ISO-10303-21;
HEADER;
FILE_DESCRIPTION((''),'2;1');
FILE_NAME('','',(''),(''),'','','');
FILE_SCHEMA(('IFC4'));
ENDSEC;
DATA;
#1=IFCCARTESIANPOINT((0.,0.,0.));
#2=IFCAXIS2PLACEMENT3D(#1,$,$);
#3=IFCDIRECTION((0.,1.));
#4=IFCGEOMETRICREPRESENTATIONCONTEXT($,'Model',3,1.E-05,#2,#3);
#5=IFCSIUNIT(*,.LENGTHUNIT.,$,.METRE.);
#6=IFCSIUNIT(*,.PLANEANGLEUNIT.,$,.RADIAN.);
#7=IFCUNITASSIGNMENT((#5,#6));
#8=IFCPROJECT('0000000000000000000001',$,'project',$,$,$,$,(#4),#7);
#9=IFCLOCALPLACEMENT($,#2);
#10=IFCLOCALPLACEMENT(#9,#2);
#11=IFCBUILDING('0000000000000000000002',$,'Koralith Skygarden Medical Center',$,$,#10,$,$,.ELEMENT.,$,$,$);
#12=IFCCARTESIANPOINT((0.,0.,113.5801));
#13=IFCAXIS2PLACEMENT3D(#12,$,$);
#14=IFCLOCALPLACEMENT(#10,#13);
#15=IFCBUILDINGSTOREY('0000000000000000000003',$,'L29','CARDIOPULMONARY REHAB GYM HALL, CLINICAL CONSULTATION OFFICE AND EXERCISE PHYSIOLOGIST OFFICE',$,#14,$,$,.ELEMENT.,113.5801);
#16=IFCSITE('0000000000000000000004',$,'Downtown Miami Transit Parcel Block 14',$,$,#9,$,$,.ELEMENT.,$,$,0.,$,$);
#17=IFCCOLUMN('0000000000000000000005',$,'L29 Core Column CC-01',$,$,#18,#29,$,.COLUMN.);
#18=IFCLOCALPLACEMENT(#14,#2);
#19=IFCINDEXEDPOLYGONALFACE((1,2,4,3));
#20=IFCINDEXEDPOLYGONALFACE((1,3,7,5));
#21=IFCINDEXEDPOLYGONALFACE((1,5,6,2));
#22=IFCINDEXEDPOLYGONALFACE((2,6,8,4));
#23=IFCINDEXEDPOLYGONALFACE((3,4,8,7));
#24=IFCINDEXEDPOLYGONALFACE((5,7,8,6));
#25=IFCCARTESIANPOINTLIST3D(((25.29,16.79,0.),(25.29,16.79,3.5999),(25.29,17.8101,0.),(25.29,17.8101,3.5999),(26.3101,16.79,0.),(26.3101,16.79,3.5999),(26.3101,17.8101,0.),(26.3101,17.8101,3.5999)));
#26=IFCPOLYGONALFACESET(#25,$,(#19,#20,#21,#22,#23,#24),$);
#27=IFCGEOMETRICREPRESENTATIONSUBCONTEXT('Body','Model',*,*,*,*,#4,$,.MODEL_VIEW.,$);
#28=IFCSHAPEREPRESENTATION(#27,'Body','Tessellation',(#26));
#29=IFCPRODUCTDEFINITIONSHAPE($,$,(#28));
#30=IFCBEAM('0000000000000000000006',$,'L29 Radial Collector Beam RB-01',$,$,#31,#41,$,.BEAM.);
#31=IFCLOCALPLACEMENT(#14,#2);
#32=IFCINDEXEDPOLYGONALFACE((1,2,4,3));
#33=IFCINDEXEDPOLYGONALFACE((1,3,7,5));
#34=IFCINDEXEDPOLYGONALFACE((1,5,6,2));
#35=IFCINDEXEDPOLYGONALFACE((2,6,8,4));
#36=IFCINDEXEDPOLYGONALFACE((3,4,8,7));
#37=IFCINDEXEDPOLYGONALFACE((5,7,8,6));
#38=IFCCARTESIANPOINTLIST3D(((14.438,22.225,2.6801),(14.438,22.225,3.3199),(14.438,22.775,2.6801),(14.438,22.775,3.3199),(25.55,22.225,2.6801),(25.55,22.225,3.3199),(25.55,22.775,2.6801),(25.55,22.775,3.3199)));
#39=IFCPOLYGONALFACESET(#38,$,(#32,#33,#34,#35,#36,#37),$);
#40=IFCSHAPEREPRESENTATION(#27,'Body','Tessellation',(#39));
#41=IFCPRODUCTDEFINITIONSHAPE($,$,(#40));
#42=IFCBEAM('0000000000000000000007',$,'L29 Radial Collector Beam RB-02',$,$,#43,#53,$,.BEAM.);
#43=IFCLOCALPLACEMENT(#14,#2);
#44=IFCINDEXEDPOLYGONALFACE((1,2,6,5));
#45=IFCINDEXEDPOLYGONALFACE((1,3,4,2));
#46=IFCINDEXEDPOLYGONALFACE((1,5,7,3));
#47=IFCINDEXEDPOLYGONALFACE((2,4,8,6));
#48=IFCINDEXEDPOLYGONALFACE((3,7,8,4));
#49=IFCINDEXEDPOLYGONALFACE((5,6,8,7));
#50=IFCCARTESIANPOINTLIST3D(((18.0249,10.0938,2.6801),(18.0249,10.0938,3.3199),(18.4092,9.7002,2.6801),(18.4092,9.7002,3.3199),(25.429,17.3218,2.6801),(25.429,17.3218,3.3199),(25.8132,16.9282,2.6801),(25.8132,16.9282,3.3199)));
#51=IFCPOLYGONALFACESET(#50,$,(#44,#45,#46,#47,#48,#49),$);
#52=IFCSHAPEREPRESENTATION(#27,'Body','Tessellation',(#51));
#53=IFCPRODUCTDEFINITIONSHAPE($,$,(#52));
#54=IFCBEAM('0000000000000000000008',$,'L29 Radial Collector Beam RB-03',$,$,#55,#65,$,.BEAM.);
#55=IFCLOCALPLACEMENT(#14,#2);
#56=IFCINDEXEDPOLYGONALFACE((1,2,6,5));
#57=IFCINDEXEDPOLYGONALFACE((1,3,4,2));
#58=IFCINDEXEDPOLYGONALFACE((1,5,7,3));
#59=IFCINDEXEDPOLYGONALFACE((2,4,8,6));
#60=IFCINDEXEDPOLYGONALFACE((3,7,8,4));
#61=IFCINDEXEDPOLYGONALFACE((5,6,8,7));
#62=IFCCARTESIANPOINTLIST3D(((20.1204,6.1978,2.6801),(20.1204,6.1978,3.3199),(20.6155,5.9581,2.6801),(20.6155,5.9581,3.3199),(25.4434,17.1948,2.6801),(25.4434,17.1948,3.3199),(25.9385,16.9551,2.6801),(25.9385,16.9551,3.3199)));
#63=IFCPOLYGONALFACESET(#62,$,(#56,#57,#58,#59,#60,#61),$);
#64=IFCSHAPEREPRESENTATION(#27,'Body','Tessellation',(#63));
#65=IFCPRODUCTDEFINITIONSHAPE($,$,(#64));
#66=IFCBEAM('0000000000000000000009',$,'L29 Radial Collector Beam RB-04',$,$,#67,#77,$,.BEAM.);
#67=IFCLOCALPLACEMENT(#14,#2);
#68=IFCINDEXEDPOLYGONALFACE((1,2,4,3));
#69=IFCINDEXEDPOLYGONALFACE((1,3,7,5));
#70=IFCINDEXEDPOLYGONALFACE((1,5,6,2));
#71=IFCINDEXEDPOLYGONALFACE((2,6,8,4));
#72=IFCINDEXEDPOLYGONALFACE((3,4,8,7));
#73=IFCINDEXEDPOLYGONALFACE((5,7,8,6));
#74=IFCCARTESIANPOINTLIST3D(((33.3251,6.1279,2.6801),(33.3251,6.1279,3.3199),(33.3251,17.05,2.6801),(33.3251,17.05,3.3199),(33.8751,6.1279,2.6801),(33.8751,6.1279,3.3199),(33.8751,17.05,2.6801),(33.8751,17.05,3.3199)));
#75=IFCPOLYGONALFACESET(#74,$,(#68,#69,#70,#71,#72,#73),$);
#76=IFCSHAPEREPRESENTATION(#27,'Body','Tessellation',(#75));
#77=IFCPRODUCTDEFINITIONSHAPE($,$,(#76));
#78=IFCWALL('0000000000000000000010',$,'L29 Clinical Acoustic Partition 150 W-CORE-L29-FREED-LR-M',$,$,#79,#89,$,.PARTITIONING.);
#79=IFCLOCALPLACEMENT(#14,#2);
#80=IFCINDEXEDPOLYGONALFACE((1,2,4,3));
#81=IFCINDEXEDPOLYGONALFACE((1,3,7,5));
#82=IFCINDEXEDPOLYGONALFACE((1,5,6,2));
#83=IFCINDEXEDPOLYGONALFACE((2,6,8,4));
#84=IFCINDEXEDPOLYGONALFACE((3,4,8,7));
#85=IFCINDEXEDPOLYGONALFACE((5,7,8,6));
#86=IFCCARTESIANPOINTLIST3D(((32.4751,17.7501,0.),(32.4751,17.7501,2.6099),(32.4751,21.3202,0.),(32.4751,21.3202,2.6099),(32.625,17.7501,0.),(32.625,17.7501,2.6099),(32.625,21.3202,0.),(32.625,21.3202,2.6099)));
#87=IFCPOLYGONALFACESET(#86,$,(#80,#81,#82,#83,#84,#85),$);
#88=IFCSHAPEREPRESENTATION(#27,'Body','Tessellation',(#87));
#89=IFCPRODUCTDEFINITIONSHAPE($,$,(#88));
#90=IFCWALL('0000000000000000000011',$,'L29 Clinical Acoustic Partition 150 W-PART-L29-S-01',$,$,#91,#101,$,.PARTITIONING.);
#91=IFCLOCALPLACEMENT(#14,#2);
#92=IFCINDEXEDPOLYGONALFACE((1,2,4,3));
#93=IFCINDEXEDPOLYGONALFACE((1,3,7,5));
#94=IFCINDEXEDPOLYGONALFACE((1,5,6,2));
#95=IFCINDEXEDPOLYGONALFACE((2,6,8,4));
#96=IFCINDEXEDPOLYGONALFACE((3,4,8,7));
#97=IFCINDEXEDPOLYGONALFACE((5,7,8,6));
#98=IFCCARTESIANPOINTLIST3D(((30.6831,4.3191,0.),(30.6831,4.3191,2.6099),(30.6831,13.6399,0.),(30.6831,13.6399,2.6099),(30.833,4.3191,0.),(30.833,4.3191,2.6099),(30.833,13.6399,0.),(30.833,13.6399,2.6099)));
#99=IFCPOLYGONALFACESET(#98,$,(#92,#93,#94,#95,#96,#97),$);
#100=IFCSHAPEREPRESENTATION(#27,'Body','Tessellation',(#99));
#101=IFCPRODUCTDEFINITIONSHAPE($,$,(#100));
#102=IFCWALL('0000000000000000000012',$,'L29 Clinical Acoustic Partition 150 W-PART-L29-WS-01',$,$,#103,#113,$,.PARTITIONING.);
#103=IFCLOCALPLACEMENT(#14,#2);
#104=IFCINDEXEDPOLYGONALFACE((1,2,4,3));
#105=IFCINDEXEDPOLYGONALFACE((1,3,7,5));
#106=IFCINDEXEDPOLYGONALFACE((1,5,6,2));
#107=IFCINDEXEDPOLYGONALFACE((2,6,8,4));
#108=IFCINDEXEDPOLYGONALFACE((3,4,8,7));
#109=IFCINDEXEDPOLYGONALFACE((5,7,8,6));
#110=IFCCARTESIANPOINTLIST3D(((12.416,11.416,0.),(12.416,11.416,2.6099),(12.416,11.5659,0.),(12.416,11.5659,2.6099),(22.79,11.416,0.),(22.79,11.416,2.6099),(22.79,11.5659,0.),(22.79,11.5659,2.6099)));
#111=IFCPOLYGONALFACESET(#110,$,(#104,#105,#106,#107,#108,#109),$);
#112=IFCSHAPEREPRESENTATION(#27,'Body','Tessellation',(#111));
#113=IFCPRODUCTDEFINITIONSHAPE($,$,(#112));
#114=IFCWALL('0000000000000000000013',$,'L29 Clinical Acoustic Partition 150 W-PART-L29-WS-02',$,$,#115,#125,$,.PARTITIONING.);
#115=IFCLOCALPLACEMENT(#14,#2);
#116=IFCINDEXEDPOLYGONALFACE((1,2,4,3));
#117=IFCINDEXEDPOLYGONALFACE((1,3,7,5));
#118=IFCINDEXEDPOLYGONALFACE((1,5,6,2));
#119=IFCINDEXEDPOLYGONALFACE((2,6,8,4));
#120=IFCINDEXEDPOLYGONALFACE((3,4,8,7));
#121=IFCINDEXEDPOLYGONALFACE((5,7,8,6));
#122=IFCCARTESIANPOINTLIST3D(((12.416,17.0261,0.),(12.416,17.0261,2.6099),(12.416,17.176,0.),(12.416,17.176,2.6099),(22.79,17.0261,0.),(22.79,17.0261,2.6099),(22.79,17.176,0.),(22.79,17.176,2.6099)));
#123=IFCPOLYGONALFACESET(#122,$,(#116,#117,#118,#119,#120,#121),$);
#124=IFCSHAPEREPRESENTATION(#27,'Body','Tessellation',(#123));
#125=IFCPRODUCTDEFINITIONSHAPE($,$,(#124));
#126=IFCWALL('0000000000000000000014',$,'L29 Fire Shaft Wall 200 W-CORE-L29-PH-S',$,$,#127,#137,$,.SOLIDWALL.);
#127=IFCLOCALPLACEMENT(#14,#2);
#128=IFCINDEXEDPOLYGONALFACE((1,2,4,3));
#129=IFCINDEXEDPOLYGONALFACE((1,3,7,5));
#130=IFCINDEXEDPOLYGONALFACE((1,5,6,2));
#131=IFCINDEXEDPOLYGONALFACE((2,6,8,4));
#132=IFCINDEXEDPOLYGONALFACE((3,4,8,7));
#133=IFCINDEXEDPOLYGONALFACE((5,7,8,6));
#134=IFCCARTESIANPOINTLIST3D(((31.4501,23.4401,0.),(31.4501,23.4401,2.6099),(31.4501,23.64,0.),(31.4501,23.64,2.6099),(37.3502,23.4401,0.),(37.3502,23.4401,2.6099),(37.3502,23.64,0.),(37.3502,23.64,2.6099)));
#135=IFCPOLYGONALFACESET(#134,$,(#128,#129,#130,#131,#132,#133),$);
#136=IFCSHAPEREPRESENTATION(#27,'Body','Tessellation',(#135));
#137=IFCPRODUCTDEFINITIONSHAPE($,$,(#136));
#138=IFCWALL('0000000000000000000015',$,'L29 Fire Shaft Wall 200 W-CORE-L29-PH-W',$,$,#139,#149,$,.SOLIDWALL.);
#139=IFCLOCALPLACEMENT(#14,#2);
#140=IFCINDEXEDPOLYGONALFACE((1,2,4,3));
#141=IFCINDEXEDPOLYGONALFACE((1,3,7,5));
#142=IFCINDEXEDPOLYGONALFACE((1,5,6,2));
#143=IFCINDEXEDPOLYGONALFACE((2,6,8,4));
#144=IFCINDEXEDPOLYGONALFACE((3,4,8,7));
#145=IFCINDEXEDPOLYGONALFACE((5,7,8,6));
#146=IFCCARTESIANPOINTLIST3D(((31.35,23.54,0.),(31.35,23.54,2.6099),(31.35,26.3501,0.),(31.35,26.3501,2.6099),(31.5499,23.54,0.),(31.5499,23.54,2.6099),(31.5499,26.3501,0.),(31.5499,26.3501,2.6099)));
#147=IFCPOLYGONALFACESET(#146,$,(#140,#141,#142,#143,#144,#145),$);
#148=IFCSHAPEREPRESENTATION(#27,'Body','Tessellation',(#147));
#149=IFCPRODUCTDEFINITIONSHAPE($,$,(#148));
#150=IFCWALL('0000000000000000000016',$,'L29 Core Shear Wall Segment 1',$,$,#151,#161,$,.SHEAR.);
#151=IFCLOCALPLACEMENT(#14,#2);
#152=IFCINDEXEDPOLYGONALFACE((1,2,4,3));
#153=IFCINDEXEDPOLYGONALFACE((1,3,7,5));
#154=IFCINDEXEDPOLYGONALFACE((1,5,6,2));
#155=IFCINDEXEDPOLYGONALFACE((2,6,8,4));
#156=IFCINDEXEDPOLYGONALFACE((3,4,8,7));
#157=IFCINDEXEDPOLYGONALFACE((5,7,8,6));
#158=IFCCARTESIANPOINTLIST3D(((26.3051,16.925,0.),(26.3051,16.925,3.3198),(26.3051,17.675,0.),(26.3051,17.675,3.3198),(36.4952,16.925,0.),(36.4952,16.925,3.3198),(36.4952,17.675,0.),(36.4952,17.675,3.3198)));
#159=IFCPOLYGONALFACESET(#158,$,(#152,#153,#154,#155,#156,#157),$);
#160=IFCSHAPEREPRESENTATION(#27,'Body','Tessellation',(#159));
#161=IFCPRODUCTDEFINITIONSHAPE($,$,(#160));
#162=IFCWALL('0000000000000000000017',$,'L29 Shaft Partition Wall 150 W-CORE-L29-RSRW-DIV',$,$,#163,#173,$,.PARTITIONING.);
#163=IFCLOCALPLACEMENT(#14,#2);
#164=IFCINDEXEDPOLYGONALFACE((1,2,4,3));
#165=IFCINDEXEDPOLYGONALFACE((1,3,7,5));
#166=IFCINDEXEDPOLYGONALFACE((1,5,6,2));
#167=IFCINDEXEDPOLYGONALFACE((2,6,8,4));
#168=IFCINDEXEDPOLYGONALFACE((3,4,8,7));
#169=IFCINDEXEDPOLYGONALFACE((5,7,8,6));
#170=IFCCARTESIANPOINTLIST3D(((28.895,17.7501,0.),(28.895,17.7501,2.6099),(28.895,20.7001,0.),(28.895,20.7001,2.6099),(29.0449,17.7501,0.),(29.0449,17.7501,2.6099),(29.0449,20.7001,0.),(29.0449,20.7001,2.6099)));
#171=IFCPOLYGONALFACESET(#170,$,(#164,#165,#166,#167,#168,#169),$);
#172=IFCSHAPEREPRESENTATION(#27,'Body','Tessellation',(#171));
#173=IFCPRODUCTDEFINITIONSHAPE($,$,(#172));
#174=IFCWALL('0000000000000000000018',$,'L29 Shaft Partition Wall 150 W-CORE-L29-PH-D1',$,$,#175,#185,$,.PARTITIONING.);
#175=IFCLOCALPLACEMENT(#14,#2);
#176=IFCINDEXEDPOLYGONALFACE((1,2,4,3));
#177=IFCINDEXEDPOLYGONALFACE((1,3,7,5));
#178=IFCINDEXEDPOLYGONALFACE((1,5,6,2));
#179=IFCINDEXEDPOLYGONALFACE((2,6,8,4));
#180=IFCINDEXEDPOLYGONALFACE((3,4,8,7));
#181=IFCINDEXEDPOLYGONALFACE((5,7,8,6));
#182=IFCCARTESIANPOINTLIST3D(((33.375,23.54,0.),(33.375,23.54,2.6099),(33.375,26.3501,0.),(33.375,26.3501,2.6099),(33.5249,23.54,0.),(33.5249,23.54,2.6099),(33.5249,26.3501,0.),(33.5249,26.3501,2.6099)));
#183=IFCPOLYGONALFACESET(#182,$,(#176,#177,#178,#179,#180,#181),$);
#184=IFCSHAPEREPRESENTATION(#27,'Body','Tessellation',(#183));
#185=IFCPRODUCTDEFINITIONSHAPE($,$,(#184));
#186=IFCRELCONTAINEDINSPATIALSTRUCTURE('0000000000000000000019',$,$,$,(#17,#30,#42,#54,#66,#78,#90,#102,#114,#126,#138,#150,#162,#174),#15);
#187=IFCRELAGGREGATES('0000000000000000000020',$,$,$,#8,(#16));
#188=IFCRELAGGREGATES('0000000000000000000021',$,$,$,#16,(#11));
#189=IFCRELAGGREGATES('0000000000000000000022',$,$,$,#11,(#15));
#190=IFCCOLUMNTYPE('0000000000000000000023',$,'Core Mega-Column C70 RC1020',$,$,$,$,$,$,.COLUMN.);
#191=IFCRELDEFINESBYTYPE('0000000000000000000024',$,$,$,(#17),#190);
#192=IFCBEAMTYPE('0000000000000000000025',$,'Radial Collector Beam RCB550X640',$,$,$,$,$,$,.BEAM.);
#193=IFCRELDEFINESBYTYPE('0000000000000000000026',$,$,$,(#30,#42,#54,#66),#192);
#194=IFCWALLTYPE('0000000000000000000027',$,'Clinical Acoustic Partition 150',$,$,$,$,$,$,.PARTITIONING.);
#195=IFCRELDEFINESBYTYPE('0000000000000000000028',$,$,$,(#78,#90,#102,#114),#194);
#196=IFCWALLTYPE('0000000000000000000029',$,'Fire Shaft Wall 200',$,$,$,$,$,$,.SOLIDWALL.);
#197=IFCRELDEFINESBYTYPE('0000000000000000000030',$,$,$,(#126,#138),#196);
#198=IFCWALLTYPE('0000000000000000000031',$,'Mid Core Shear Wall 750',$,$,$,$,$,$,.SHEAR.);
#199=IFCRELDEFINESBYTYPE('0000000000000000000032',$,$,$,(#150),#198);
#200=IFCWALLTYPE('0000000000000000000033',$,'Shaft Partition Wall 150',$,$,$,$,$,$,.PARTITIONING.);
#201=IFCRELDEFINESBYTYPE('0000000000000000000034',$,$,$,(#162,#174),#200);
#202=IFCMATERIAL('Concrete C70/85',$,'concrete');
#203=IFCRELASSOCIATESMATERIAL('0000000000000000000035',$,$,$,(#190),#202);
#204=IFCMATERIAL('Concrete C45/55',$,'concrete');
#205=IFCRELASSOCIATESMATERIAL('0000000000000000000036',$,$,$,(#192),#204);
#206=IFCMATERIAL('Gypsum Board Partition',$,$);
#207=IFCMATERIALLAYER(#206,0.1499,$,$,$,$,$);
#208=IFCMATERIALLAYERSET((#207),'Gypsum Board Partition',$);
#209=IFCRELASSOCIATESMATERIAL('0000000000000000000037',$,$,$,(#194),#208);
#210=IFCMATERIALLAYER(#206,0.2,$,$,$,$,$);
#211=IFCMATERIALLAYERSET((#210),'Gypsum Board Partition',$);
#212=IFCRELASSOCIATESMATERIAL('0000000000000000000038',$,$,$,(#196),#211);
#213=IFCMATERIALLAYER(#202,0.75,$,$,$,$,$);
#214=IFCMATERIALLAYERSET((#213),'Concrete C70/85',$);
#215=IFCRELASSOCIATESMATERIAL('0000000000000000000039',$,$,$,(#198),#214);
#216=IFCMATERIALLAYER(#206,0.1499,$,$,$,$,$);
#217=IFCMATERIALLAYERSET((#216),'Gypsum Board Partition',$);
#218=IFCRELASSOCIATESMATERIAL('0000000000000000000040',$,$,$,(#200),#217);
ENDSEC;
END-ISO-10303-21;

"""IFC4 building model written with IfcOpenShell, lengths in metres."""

from ifc_helpers import new_model, si_unit, direction, frame, frame_2d, origin, origin_2d, place, context, subcontext, project, spatial, rectangle, extrude, material, layer, layer_set, material_profile, profile_set, type_object, element, save


model = new_model("IFC4")

# Units and contexts
model_context = context("Model", 3, precision=1e-05, world=origin(), true_north=direction((0.0, 1.0)))
body_context = subcontext(model_context, "Body", "Model", "MODEL_VIEW")
ifc_project = project(units=[si_unit("LENGTHUNIT", "METRE"), si_unit("PLANEANGLEUNIT", "RADIAN")], contexts=[model_context])

# Site, building, storey
site_placement = place(None, origin())
site = spatial("IfcSite", under=ifc_project, at=site_placement, Name="Downtown Miami Transit Parcel Block 14", CompositionType="ELEMENT", RefElevation=0.0)
building_placement = place(site_placement, origin())
building = spatial("IfcBuilding", under=site, at=building_placement, Name="Koralith Skygarden Medical Center", CompositionType="ELEMENT")
storey_placement = place(building_placement, frame((0.0, 0.0, 113.5801)))
storey = spatial("IfcBuildingStorey", under=building, at=storey_placement, Name="L29", Description="CARDIOPULMONARY REHAB GYM HALL, CLINICAL CONSULTATION OFFICE AND EXERCISE PHYSIOLOGIST OFFICE", CompositionType="ELEMENT", Elevation=113.5801)

# Column
ifc_material_1 = material(Name="Concrete C70/85", Category="concrete")
ifc_material_profile_1 = material_profile(ifc_material_1, rectangle(XDim=1.02, YDim=1.02, at=origin_2d()), Name="RC1020X1020")
ifc_profile_set_1 = profile_set([ifc_material_profile_1], Name="Concrete C70/85")
column_type = type_object("IfcColumnType", Name="Core Mega-Column C70 RC1020", PredefinedType="COLUMN", material=ifc_profile_set_1)
column_placement = place(storey_placement, frame((25.8, 17.3, 0.0), z_axis=(0.0, 0.0, 1.0), x_axis=(1.0, 0.0, 0.0)))
element("IfcColumn", 1, at=column_placement, inside=storey, type_object=column_type, Name="L29 Core Column CC-01", PredefinedType="COLUMN", context=body_context, shape_type="SweptSolid", body=[
    extrude(rectangle(XDim=1.02, YDim=1.02, at=origin_2d()), origin(), (0.0, 0.0, 1.0), 3.5999),
])

# Beams
ifc_material_2 = material(Name="Concrete C45/55", Category="concrete")
ifc_material_profile_2 = material_profile(ifc_material_2, rectangle(XDim=0.55, YDim=0.6399, at=origin_2d()), Name="RCB550X640")
ifc_profile_set_2 = profile_set([ifc_material_profile_2], Name="Concrete C45/55")
beam_type = type_object("IfcBeamType", Name="Radial Collector Beam RCB550X640", PredefinedType="BEAM", material=ifc_profile_set_2)
beam_1_placement = place(storey_placement, frame((25.55, 22.5, 3.0), z_axis=(-1.0, 0.0, 0.0), x_axis=(0.0, -1.0, 0.0)))
element("IfcBeam", 2, at=beam_1_placement, inside=storey, type_object=beam_type, Name="L29 Radial Collector Beam RB-01", PredefinedType="BEAM", context=body_context, shape_type="SweptSolid", body=[
    extrude(rectangle(XDim=0.55, YDim=0.6399, at=origin_2d()), origin(), (0.0, 0.0, 1.0), 11.1121),
])
beam_2_placement = place(storey_placement, frame((25.6211, 17.125, 3.0), z_axis=(-0.715562, -0.69855, 0.0), x_axis=(0.69855, -0.715562, 0.0)))
element("IfcBeam", 3, at=beam_2_placement, inside=storey, type_object=beam_type, Name="L29 Radial Collector Beam RB-02", PredefinedType="BEAM", context=body_context, shape_type="SweptSolid", body=[
    extrude(rectangle(XDim=0.55, YDim=0.6399, at=origin_2d()), origin(), (0.0, 0.0, 1.0), 10.3472),
])
beam_3_placement = place(storey_placement, frame((25.6909, 17.075, 3.0), z_axis=(-0.435683, -0.9001, 0.0), x_axis=(0.9001, -0.435683, 0.0)))
element("IfcBeam", 4, at=beam_3_placement, inside=storey, type_object=beam_type, Name="L29 Radial Collector Beam RB-03", PredefinedType="BEAM", context=body_context, shape_type="SweptSolid", body=[
    extrude(rectangle(XDim=0.55, YDim=0.6399, at=origin_2d()), origin(), (0.0, 0.0, 1.0), 12.2175),
])
beam_4_placement = place(storey_placement, frame((33.6001, 17.05, 3.0), z_axis=(0.0, -1.0, 0.0), x_axis=(1.0, 0.0, 0.0)))
element("IfcBeam", 5, at=beam_4_placement, inside=storey, type_object=beam_type, Name="L29 Radial Collector Beam RB-04", PredefinedType="BEAM", context=body_context, shape_type="SweptSolid", body=[
    extrude(rectangle(XDim=0.55, YDim=0.6399, at=origin_2d()), origin(), (0.0, 0.0, 1.0), 10.9221),
])

# Shared definitions
ifc_material_3 = material(Name="Gypsum Board Partition")
ifc_layer_1 = layer(ifc_material_3, 0.1499)
ifc_layer_set_1 = layer_set([ifc_layer_1], Name="Gypsum Board Partition")
wall_type_1 = type_object("IfcWallType", Name="Clinical Acoustic Partition 150", PredefinedType="PARTITIONING", material=ifc_layer_set_1)

# Walls
wall_1_placement = place(storey_placement, frame((32.55, 17.75, 0.0), z_axis=(0.0, 0.0, 1.0), x_axis=(0.0, 1.0, 0.0)))
element("IfcWall", 6, at=wall_1_placement, inside=storey, type_object=wall_type_1, Name="L29 Clinical Acoustic Partition 150 W-CORE-L29-FREED-LR-M", PredefinedType="PARTITIONING", context=body_context, shape_type="SweptSolid", body=[
    extrude(rectangle(XDim=3.5701, YDim=0.1499, at=frame_2d((1.7852, 0.0))), origin(), (0.0, 0.0, 1.0), 2.6099),
])
wall_2_placement = place(storey_placement, frame((30.7581, 13.6399, 0.0), z_axis=(0.0, 0.0, 1.0), x_axis=(0.0, -1.0, 0.0)))
element("IfcWall", 7, at=wall_2_placement, inside=storey, type_object=wall_type_1, Name="L29 Clinical Acoustic Partition 150 W-PART-L29-S-01", PredefinedType="PARTITIONING", context=body_context, shape_type="SweptSolid", body=[
    extrude(rectangle(XDim=9.3208, YDim=0.1499, at=frame_2d((4.6604, 0.0))), origin(), (0.0, 0.0, 1.0), 2.6099),
])
for number, where, z_axis, x_axis, name in (
    (8, (22.79, 11.491, 0.0), (0.0, 0.0, 1.0), (-1.0, 0.0, 0.0), "L29 Clinical Acoustic Partition 150 W-PART-L29-WS-01"),
    (9, (22.79, 17.1011, 0.0), (0.0, 0.0, 1.0), (-1.0, 0.0, 0.0), "L29 Clinical Acoustic Partition 150 W-PART-L29-WS-02"),
):
    element("IfcWall", number, at=place(storey_placement, frame(where, z_axis=z_axis, x_axis=x_axis)), inside=storey, type_object=wall_type_1, Name=name, PredefinedType="PARTITIONING", context=body_context, shape_type="SweptSolid", body=[
        extrude(rectangle(XDim=10.374, YDim=0.1499, at=frame_2d((5.187, 0.0))), origin(), (0.0, 0.0, 1.0), 2.6099),
    ])

# Shared definitions
ifc_layer_2 = layer(ifc_material_3, 0.2)
ifc_layer_set_2 = layer_set([ifc_layer_2], Name="Gypsum Board Partition")
wall_type_2 = type_object("IfcWallType", Name="Fire Shaft Wall 200", PredefinedType="SOLIDWALL", material=ifc_layer_set_2)

# Walls
wall_3_placement = place(storey_placement, frame((31.45, 23.54, 0.0), z_axis=(0.0, 0.0, 1.0), x_axis=(1.0, 0.0, 0.0)))
element("IfcWall", 10, at=wall_3_placement, inside=storey, type_object=wall_type_2, Name="L29 Fire Shaft Wall 200 W-CORE-L29-PH-S", PredefinedType="SOLIDWALL", context=body_context, shape_type="SweptSolid", body=[
    extrude(rectangle(XDim=5.9001, YDim=0.2, at=frame_2d((2.9502, 0.0))), origin(), (0.0, 0.0, 1.0), 2.6099),
])
wall_4_placement = place(storey_placement, frame((31.45, 23.54, 0.0), z_axis=(0.0, 0.0, 1.0), x_axis=(0.0, 1.0, 0.0)))
element("IfcWall", 11, at=wall_4_placement, inside=storey, type_object=wall_type_2, Name="L29 Fire Shaft Wall 200 W-CORE-L29-PH-W", PredefinedType="SOLIDWALL", context=body_context, shape_type="SweptSolid", body=[
    extrude(rectangle(XDim=2.8101, YDim=0.2, at=frame_2d((1.405, 0.0))), origin(), (0.0, 0.0, 1.0), 2.6099),
])
ifc_layer_3 = layer(ifc_material_1, 0.75)
ifc_layer_set_3 = layer_set([ifc_layer_3], Name="Concrete C70/85")
wall_type_3 = type_object("IfcWallType", Name="Mid Core Shear Wall 750", PredefinedType="SHEAR", material=ifc_layer_set_3)
wall_5_placement = place(storey_placement, frame((26.3049, 17.3, 0.0), z_axis=(0.0, 0.0, 1.0), x_axis=(1.0, 0.0, 0.0)))
element("IfcWall", 12, at=wall_5_placement, inside=storey, type_object=wall_type_3, Name="L29 Core Shear Wall Segment 1", PredefinedType="SHEAR", context=body_context, shape_type="SweptSolid", body=[
    extrude(rectangle(XDim=10.1902, YDim=0.75, at=frame_2d((5.0952, 0.0))), origin(), (0.0, 0.0, 1.0), 3.3198),
])
ifc_layer_4 = layer(ifc_material_3, 0.1499)
ifc_layer_set_4 = layer_set([ifc_layer_4], Name="Gypsum Board Partition")
wall_type_4 = type_object("IfcWallType", Name="Shaft Partition Wall 150", PredefinedType="PARTITIONING", material=ifc_layer_set_4)
wall_6_placement = place(storey_placement, frame((28.97, 17.75, 0.0), z_axis=(0.0, 0.0, 1.0), x_axis=(0.0, 1.0, 0.0)))
element("IfcWall", 13, at=wall_6_placement, inside=storey, type_object=wall_type_4, Name="L29 Shaft Partition Wall 150 W-CORE-L29-RSRW-DIV", PredefinedType="PARTITIONING", context=body_context, shape_type="SweptSolid", body=[
    extrude(rectangle(XDim=2.95, YDim=0.1499, at=frame_2d((1.4751, 0.0))), origin(), (0.0, 0.0, 1.0), 2.6099),
])
wall_7_placement = place(storey_placement, frame((33.45, 23.54, 0.0), z_axis=(0.0, 0.0, 1.0), x_axis=(0.0, 1.0, 0.0)))
element("IfcWall", 14, at=wall_7_placement, inside=storey, type_object=wall_type_4, Name="L29 Shaft Partition Wall 150 W-CORE-L29-PH-D1", PredefinedType="PARTITIONING", context=body_context, shape_type="SweptSolid", body=[
    extrude(rectangle(XDim=2.8101, YDim=0.1499, at=frame_2d((1.405, 0.0))), origin(), (0.0, 0.0, 1.0), 2.6099),
])

save(model, "model.ifc")
